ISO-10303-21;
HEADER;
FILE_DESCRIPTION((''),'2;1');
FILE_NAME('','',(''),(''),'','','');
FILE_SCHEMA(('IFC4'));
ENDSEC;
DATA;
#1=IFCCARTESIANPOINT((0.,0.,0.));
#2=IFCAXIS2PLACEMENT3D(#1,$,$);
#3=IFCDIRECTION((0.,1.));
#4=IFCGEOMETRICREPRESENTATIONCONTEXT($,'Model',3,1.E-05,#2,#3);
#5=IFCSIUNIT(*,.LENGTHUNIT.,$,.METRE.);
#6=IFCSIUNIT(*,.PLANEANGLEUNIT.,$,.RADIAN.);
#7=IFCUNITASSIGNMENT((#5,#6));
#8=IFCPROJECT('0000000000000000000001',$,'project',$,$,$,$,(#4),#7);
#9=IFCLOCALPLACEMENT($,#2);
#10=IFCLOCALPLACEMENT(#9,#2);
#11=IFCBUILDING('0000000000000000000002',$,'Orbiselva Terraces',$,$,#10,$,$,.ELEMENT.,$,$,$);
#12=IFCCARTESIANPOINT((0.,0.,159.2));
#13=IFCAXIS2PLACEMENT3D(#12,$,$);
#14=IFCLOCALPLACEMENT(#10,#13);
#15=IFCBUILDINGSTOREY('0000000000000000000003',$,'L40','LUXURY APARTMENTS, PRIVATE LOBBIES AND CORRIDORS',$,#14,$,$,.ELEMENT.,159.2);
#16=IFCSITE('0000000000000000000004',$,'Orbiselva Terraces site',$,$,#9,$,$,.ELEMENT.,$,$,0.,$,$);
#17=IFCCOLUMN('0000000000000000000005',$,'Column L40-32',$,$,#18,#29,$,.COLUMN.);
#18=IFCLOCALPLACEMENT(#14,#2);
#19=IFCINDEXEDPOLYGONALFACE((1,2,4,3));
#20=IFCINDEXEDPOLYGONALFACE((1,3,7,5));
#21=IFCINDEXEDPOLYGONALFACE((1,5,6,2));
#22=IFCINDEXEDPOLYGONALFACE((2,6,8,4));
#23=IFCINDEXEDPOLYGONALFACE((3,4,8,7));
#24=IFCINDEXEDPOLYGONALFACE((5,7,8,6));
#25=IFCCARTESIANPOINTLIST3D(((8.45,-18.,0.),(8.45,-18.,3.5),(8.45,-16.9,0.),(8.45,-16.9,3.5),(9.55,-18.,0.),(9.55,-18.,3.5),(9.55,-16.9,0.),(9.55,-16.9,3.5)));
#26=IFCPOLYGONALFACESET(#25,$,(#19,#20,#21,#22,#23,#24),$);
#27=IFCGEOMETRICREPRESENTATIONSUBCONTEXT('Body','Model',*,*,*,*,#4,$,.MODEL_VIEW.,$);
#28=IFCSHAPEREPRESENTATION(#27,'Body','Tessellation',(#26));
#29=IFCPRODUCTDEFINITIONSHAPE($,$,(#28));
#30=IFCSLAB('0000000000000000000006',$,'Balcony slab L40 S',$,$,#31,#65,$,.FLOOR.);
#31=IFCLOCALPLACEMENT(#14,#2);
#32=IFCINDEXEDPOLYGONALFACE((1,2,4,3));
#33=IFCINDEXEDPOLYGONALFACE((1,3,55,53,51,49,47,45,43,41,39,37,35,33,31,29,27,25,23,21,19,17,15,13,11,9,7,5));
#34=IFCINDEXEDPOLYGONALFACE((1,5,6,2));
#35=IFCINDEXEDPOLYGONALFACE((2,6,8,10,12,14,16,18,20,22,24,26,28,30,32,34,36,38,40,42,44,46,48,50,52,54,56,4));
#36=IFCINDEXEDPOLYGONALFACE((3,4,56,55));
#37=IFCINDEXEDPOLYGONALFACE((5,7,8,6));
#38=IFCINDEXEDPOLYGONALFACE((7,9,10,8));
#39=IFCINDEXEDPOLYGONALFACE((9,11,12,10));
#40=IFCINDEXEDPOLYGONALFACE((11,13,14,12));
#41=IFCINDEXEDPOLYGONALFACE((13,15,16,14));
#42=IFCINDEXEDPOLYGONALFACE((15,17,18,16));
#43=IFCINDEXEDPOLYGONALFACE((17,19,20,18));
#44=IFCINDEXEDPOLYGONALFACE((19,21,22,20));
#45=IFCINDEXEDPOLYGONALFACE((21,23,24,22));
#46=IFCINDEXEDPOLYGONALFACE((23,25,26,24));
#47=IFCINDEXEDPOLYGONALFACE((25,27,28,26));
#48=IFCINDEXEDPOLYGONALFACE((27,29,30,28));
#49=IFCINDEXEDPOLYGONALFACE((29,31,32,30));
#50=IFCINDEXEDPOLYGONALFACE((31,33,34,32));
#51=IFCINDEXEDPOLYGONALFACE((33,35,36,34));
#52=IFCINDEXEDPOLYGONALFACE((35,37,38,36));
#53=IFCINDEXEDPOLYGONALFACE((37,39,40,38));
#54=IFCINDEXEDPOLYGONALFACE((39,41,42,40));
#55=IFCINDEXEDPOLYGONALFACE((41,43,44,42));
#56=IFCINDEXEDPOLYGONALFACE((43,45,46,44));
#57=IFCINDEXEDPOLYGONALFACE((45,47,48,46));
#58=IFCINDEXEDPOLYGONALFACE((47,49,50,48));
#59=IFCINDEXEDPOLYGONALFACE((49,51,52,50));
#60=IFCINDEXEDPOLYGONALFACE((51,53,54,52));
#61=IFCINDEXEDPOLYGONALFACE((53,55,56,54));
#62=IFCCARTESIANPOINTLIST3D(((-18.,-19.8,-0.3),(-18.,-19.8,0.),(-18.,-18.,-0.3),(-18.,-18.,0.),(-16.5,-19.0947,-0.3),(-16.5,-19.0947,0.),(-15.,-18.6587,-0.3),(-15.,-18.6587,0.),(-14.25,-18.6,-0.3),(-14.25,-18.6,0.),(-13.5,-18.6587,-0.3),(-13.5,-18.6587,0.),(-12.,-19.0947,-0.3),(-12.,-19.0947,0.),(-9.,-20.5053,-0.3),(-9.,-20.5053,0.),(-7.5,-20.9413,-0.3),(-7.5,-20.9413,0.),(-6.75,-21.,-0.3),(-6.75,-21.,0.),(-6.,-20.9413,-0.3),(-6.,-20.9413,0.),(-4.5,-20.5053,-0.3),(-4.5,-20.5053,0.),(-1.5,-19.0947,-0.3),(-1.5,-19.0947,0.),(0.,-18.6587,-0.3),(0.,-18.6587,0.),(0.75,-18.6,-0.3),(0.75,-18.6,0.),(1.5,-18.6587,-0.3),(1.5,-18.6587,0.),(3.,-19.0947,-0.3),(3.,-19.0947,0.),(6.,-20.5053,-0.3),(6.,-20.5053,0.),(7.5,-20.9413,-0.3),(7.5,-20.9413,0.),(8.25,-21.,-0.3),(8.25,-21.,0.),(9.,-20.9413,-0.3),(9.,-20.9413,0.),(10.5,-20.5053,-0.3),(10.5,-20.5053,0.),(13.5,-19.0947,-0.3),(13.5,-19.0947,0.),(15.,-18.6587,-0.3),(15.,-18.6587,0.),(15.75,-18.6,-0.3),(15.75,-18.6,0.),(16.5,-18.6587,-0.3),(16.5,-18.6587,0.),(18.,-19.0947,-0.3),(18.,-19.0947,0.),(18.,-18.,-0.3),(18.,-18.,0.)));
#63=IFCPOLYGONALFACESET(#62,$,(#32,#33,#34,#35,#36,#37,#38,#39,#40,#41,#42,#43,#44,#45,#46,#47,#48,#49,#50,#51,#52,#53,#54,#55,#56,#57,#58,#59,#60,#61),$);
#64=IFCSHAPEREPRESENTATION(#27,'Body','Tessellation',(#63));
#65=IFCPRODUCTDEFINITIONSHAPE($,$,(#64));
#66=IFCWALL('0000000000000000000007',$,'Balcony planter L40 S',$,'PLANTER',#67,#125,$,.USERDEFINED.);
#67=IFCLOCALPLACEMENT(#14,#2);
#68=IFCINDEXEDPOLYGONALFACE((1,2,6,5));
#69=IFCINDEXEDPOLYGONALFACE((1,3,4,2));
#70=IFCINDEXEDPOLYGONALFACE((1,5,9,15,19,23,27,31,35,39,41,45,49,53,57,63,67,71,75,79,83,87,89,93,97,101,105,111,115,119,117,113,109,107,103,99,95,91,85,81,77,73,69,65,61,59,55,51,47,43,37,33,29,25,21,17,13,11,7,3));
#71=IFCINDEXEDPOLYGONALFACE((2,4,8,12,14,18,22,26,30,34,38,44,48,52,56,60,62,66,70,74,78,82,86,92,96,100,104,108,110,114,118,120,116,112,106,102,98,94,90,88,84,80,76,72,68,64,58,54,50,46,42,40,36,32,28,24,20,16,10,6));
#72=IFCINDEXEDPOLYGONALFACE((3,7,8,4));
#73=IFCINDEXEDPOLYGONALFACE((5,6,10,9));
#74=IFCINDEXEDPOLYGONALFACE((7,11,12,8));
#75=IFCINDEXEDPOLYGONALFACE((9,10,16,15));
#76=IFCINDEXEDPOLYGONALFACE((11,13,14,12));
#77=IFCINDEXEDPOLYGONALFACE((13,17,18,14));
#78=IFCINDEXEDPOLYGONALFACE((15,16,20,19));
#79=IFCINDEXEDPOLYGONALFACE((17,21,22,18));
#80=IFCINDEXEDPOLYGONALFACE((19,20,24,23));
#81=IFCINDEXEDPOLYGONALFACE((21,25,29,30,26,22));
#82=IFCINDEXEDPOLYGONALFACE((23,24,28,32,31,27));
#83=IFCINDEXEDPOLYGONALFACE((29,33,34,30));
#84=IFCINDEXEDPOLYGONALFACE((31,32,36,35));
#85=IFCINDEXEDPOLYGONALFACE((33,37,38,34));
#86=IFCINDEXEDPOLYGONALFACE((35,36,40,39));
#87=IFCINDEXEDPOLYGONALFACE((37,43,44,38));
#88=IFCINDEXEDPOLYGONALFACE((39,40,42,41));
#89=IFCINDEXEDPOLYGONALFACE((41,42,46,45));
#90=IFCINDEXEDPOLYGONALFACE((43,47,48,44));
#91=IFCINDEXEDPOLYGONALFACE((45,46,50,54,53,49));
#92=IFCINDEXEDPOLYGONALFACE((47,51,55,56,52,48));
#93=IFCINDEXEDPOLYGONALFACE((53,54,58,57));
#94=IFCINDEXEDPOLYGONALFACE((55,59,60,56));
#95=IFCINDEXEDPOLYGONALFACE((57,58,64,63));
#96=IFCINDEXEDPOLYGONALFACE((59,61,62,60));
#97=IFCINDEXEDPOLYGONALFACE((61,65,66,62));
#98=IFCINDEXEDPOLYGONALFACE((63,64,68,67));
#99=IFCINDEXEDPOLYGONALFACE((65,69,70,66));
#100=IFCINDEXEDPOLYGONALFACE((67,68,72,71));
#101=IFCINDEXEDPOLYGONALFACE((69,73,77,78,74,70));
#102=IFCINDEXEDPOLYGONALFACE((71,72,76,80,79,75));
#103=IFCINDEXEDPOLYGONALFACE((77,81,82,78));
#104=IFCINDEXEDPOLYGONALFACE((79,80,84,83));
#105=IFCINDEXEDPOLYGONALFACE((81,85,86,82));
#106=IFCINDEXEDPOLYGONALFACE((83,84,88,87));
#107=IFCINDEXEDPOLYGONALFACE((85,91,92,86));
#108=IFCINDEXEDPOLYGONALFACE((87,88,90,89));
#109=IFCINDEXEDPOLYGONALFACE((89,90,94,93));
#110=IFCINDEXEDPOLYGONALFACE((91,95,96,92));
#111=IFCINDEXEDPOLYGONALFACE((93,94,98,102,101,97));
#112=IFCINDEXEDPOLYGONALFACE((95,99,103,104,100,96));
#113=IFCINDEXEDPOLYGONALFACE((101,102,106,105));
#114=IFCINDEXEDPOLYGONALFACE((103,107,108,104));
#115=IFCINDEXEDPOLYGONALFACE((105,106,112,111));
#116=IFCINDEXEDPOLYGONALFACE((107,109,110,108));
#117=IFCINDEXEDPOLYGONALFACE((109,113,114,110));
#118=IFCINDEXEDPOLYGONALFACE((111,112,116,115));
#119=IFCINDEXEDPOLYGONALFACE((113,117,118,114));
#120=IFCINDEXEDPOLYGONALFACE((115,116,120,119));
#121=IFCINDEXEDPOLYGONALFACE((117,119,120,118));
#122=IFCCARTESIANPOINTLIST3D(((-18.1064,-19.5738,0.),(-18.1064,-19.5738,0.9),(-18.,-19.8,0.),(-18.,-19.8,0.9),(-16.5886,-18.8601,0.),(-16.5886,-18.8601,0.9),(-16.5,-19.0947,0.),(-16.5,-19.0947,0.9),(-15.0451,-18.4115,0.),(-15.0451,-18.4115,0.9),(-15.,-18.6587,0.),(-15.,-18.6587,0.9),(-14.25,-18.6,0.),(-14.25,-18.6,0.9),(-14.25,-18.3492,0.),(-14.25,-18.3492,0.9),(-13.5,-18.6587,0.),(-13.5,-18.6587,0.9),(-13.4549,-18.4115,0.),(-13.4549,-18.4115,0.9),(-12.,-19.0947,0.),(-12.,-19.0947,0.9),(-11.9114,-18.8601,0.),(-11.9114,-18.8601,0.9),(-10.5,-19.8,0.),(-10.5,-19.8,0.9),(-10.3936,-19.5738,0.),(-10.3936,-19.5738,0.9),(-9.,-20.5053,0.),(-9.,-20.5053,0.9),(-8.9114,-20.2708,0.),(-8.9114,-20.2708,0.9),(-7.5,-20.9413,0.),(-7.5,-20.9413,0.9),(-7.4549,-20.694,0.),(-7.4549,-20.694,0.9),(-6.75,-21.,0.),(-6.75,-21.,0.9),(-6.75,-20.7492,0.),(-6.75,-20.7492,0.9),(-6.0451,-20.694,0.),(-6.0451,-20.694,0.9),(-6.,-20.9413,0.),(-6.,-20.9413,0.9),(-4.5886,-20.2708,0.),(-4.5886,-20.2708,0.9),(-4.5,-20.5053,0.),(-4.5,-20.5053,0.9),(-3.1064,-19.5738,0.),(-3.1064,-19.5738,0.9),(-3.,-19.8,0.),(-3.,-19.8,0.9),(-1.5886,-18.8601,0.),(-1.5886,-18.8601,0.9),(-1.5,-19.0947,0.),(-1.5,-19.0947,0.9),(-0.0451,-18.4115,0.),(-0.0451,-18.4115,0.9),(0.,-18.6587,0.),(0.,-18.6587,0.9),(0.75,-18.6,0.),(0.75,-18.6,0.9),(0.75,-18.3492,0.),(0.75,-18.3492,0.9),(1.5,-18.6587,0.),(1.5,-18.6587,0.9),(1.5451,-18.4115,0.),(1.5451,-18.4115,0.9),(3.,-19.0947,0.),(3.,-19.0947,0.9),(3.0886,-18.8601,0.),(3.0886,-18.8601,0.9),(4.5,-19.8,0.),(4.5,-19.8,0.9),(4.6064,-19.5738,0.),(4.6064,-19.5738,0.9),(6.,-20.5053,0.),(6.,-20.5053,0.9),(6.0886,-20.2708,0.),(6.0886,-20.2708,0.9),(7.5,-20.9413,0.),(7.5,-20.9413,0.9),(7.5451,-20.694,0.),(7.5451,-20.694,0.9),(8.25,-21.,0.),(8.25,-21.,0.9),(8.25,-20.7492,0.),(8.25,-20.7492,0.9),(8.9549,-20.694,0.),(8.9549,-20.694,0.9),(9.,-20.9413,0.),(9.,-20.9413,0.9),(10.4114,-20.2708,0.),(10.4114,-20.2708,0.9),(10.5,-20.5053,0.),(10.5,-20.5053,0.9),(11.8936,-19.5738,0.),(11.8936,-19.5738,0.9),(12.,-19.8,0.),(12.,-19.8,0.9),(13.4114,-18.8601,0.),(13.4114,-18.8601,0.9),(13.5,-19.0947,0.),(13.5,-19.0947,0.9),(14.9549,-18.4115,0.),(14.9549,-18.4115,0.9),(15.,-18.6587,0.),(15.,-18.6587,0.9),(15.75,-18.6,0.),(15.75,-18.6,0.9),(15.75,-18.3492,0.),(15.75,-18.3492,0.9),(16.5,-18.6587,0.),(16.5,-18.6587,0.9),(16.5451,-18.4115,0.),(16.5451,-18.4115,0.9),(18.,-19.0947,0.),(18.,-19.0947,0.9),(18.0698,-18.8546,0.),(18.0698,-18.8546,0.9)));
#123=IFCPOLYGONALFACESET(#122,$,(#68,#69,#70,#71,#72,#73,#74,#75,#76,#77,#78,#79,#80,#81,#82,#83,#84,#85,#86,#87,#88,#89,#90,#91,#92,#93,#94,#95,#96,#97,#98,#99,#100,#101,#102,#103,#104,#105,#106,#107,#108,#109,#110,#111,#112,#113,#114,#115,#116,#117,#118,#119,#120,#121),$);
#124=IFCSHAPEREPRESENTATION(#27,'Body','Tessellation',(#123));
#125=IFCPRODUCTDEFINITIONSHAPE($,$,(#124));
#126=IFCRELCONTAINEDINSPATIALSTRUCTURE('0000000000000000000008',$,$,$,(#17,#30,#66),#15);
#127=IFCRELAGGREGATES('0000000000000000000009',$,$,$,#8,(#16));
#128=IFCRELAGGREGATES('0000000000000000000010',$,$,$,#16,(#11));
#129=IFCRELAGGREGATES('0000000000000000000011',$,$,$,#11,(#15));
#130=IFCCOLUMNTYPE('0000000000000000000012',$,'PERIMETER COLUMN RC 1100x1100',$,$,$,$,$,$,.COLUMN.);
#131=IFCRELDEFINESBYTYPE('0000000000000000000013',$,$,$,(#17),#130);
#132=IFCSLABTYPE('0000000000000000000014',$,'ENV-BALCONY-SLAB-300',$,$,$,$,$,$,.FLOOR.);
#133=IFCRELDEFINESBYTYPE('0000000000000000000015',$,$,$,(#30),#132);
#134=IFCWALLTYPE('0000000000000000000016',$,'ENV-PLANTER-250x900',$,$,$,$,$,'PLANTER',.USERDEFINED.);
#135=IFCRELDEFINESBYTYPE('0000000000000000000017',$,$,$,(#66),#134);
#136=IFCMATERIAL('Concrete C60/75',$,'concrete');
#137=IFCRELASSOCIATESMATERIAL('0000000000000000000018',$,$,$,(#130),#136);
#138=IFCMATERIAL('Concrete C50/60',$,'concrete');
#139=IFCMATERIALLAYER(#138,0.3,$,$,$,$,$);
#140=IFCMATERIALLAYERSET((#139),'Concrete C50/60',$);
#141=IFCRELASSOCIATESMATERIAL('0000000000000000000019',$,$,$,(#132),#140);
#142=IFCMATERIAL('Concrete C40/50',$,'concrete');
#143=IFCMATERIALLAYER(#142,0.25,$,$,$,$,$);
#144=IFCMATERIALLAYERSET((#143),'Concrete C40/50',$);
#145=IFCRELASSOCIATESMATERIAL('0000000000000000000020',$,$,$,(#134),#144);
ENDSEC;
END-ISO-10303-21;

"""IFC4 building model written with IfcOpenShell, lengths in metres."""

from ifc_helpers import new_model, si_unit, direction, frame, origin, origin_2d, place, context, subcontext, project, spatial, polyline, rectangle, outline, extrude, material, layer, layer_set, material_profile, profile_set, type_object, element, save


model = new_model("IFC4")

# Units and contexts
model_context = context("Model", 3, precision=1e-05, world=origin(), true_north=direction((0.0, 1.0)))
body_context = subcontext(model_context, "Body", "Model", "MODEL_VIEW")
ifc_project = project(units=[si_unit("LENGTHUNIT", "METRE"), si_unit("PLANEANGLEUNIT", "RADIAN")], contexts=[model_context])

# Site, building, storey
site_placement = place(None, origin())
site = spatial("IfcSite", under=ifc_project, at=site_placement, Name="Orbiselva Terraces site", CompositionType="ELEMENT", RefElevation=0.0)
building_placement = place(site_placement, origin())
building = spatial("IfcBuilding", under=site, at=building_placement, Name="Orbiselva Terraces", CompositionType="ELEMENT")
storey_placement = place(building_placement, frame((0.0, 0.0, 159.2)))
storey = spatial("IfcBuildingStorey", under=building, at=storey_placement, Name="L40", Description="LUXURY APARTMENTS, PRIVATE LOBBIES AND CORRIDORS", CompositionType="ELEMENT", Elevation=159.2)

# Column
ifc_material_1 = material(Name="Concrete C60/75", Category="concrete")
ifc_material_profile = material_profile(ifc_material_1, rectangle(XDim=1.1, YDim=1.1, at=origin_2d()), Name="RC 1100x1100")
ifc_profile_set = profile_set([ifc_material_profile], Name="Concrete C60/75")
column_type = type_object("IfcColumnType", Name="PERIMETER COLUMN RC 1100x1100", PredefinedType="COLUMN", material=ifc_profile_set)
column_placement = place(storey_placement, frame((9.0, -17.45, 0.0), z_axis=(0.0, 0.0, 1.0), x_axis=(1.0, 0.0, 0.0)))
element("IfcColumn", 1, at=column_placement, inside=storey, type_object=column_type, Name="Column L40-32", PredefinedType="COLUMN", context=body_context, shape_type="SweptSolid", body=[
    extrude(rectangle(XDim=1.1, YDim=1.1, at=origin_2d()), origin(), (0.0, 0.0, 1.0), 3.5),
])

# Slab
ifc_material_2 = material(Name="Concrete C50/60", Category="concrete")
ifc_layer_1 = layer(ifc_material_2, 0.3)
ifc_layer_set_1 = layer_set([ifc_layer_1], Name="Concrete C50/60")
slab_type = type_object("IfcSlabType", Name="ENV-BALCONY-SLAB-300", PredefinedType="FLOOR", material=ifc_layer_set_1)
slab_placement = place(storey_placement, frame((0.0, 0.0, -0.3)))
element("IfcSlab", 2, at=slab_placement, inside=storey, type_object=slab_type, Name="Balcony slab L40 S", PredefinedType="FLOOR", context=body_context, shape_type="SweptSolid", body=[
    extrude(outline(polyline([(-18.0, -19.8), (-16.5, -19.0947), (-15.0, -18.6587), (-14.25, -18.6), (-13.5, -18.6587), (-12.0, -19.0947), (-9.0, -20.5053), (-7.5, -20.9413), (-6.75, -21.0), (-6.0, -20.9413), (-4.5, -20.5053), (-1.5, -19.0947), (0.0, -18.6587), (0.75, -18.6), (1.5, -18.6587), (3.0, -19.0947), (6.0, -20.5053), (7.5, -20.9413), (8.25, -21.0), (9.0, -20.9413), (10.5, -20.5053), (13.5, -19.0947), (15.0, -18.6587), (15.75, -18.6), (16.5, -18.6587), (18.0, -19.0947), (18.0, -18.0), (-18.0, -18.0), (-18.0, -19.8)])), origin(), (0.0, 0.0, 1.0), 0.3),
])

# Wall
ifc_material_3 = material(Name="Concrete C40/50", Category="concrete")
ifc_layer_2 = layer(ifc_material_3, 0.25)
ifc_layer_set_2 = layer_set([ifc_layer_2], Name="Concrete C40/50")
wall_type_1 = type_object("IfcWallType", Name="ENV-PLANTER-250x900", ElementType="PLANTER", PredefinedType="USERDEFINED", material=ifc_layer_set_2)
wall_1_placement = place(storey_placement, origin())
element("IfcWall", 3, at=wall_1_placement, inside=storey, type_object=wall_type_1, Name="Balcony planter L40 S", ObjectType="PLANTER", PredefinedType="USERDEFINED", context=body_context, shape_type="SweptSolid", body=[
    extrude(outline(polyline([(-18.0, -19.8), (-16.5, -19.0947), (-15.0, -18.6587), (-14.25, -18.6), (-13.5, -18.6587), (-12.0, -19.0947), (-10.5, -19.8), (-9.0, -20.5053), (-7.5, -20.9413), (-6.75, -21.0), (-6.0, -20.9413), (-4.5, -20.5053), (-3.0, -19.8), (-1.5, -19.0947), (0.0, -18.6587), (0.75, -18.6), (1.5, -18.6587), (3.0, -19.0947), (4.5, -19.8), (6.0, -20.5053), (7.5, -20.9413), (8.25, -21.0), (9.0, -20.9413), (10.5, -20.5053), (12.0, -19.8), (13.5, -19.0947), (15.0, -18.6587), (15.75, -18.6), (16.5, -18.6587), (18.0, -19.0947), (18.0698, -18.8546), (16.5451, -18.4115), (15.75, -18.3492), (14.9549, -18.4115), (13.4114, -18.8601), (11.8936, -19.5738), (10.4114, -20.2708), (8.9549, -20.694), (8.25, -20.7492), (7.5451, -20.694), (6.0886, -20.2708), (4.6064, -19.5738), (3.0886, -18.8601), (1.5451, -18.4115), (0.75, -18.3492), (-0.0451, -18.4115), (-1.5886, -18.8601), (-3.1064, -19.5738), (-4.5886, -20.2708), (-6.0451, -20.694), (-6.75, -20.7492), (-7.4549, -20.694), (-8.9114, -20.2708), (-10.3936, -19.5738), (-11.9114, -18.8601), (-13.4549, -18.4115), (-14.25, -18.3492), (-15.0451, -18.4115), (-16.5886, -18.8601), (-18.1064, -19.5738), (-18.0, -19.8)])), origin(), (0.0, 0.0, 1.0), 0.9),
])

save(model, "model.ifc")
